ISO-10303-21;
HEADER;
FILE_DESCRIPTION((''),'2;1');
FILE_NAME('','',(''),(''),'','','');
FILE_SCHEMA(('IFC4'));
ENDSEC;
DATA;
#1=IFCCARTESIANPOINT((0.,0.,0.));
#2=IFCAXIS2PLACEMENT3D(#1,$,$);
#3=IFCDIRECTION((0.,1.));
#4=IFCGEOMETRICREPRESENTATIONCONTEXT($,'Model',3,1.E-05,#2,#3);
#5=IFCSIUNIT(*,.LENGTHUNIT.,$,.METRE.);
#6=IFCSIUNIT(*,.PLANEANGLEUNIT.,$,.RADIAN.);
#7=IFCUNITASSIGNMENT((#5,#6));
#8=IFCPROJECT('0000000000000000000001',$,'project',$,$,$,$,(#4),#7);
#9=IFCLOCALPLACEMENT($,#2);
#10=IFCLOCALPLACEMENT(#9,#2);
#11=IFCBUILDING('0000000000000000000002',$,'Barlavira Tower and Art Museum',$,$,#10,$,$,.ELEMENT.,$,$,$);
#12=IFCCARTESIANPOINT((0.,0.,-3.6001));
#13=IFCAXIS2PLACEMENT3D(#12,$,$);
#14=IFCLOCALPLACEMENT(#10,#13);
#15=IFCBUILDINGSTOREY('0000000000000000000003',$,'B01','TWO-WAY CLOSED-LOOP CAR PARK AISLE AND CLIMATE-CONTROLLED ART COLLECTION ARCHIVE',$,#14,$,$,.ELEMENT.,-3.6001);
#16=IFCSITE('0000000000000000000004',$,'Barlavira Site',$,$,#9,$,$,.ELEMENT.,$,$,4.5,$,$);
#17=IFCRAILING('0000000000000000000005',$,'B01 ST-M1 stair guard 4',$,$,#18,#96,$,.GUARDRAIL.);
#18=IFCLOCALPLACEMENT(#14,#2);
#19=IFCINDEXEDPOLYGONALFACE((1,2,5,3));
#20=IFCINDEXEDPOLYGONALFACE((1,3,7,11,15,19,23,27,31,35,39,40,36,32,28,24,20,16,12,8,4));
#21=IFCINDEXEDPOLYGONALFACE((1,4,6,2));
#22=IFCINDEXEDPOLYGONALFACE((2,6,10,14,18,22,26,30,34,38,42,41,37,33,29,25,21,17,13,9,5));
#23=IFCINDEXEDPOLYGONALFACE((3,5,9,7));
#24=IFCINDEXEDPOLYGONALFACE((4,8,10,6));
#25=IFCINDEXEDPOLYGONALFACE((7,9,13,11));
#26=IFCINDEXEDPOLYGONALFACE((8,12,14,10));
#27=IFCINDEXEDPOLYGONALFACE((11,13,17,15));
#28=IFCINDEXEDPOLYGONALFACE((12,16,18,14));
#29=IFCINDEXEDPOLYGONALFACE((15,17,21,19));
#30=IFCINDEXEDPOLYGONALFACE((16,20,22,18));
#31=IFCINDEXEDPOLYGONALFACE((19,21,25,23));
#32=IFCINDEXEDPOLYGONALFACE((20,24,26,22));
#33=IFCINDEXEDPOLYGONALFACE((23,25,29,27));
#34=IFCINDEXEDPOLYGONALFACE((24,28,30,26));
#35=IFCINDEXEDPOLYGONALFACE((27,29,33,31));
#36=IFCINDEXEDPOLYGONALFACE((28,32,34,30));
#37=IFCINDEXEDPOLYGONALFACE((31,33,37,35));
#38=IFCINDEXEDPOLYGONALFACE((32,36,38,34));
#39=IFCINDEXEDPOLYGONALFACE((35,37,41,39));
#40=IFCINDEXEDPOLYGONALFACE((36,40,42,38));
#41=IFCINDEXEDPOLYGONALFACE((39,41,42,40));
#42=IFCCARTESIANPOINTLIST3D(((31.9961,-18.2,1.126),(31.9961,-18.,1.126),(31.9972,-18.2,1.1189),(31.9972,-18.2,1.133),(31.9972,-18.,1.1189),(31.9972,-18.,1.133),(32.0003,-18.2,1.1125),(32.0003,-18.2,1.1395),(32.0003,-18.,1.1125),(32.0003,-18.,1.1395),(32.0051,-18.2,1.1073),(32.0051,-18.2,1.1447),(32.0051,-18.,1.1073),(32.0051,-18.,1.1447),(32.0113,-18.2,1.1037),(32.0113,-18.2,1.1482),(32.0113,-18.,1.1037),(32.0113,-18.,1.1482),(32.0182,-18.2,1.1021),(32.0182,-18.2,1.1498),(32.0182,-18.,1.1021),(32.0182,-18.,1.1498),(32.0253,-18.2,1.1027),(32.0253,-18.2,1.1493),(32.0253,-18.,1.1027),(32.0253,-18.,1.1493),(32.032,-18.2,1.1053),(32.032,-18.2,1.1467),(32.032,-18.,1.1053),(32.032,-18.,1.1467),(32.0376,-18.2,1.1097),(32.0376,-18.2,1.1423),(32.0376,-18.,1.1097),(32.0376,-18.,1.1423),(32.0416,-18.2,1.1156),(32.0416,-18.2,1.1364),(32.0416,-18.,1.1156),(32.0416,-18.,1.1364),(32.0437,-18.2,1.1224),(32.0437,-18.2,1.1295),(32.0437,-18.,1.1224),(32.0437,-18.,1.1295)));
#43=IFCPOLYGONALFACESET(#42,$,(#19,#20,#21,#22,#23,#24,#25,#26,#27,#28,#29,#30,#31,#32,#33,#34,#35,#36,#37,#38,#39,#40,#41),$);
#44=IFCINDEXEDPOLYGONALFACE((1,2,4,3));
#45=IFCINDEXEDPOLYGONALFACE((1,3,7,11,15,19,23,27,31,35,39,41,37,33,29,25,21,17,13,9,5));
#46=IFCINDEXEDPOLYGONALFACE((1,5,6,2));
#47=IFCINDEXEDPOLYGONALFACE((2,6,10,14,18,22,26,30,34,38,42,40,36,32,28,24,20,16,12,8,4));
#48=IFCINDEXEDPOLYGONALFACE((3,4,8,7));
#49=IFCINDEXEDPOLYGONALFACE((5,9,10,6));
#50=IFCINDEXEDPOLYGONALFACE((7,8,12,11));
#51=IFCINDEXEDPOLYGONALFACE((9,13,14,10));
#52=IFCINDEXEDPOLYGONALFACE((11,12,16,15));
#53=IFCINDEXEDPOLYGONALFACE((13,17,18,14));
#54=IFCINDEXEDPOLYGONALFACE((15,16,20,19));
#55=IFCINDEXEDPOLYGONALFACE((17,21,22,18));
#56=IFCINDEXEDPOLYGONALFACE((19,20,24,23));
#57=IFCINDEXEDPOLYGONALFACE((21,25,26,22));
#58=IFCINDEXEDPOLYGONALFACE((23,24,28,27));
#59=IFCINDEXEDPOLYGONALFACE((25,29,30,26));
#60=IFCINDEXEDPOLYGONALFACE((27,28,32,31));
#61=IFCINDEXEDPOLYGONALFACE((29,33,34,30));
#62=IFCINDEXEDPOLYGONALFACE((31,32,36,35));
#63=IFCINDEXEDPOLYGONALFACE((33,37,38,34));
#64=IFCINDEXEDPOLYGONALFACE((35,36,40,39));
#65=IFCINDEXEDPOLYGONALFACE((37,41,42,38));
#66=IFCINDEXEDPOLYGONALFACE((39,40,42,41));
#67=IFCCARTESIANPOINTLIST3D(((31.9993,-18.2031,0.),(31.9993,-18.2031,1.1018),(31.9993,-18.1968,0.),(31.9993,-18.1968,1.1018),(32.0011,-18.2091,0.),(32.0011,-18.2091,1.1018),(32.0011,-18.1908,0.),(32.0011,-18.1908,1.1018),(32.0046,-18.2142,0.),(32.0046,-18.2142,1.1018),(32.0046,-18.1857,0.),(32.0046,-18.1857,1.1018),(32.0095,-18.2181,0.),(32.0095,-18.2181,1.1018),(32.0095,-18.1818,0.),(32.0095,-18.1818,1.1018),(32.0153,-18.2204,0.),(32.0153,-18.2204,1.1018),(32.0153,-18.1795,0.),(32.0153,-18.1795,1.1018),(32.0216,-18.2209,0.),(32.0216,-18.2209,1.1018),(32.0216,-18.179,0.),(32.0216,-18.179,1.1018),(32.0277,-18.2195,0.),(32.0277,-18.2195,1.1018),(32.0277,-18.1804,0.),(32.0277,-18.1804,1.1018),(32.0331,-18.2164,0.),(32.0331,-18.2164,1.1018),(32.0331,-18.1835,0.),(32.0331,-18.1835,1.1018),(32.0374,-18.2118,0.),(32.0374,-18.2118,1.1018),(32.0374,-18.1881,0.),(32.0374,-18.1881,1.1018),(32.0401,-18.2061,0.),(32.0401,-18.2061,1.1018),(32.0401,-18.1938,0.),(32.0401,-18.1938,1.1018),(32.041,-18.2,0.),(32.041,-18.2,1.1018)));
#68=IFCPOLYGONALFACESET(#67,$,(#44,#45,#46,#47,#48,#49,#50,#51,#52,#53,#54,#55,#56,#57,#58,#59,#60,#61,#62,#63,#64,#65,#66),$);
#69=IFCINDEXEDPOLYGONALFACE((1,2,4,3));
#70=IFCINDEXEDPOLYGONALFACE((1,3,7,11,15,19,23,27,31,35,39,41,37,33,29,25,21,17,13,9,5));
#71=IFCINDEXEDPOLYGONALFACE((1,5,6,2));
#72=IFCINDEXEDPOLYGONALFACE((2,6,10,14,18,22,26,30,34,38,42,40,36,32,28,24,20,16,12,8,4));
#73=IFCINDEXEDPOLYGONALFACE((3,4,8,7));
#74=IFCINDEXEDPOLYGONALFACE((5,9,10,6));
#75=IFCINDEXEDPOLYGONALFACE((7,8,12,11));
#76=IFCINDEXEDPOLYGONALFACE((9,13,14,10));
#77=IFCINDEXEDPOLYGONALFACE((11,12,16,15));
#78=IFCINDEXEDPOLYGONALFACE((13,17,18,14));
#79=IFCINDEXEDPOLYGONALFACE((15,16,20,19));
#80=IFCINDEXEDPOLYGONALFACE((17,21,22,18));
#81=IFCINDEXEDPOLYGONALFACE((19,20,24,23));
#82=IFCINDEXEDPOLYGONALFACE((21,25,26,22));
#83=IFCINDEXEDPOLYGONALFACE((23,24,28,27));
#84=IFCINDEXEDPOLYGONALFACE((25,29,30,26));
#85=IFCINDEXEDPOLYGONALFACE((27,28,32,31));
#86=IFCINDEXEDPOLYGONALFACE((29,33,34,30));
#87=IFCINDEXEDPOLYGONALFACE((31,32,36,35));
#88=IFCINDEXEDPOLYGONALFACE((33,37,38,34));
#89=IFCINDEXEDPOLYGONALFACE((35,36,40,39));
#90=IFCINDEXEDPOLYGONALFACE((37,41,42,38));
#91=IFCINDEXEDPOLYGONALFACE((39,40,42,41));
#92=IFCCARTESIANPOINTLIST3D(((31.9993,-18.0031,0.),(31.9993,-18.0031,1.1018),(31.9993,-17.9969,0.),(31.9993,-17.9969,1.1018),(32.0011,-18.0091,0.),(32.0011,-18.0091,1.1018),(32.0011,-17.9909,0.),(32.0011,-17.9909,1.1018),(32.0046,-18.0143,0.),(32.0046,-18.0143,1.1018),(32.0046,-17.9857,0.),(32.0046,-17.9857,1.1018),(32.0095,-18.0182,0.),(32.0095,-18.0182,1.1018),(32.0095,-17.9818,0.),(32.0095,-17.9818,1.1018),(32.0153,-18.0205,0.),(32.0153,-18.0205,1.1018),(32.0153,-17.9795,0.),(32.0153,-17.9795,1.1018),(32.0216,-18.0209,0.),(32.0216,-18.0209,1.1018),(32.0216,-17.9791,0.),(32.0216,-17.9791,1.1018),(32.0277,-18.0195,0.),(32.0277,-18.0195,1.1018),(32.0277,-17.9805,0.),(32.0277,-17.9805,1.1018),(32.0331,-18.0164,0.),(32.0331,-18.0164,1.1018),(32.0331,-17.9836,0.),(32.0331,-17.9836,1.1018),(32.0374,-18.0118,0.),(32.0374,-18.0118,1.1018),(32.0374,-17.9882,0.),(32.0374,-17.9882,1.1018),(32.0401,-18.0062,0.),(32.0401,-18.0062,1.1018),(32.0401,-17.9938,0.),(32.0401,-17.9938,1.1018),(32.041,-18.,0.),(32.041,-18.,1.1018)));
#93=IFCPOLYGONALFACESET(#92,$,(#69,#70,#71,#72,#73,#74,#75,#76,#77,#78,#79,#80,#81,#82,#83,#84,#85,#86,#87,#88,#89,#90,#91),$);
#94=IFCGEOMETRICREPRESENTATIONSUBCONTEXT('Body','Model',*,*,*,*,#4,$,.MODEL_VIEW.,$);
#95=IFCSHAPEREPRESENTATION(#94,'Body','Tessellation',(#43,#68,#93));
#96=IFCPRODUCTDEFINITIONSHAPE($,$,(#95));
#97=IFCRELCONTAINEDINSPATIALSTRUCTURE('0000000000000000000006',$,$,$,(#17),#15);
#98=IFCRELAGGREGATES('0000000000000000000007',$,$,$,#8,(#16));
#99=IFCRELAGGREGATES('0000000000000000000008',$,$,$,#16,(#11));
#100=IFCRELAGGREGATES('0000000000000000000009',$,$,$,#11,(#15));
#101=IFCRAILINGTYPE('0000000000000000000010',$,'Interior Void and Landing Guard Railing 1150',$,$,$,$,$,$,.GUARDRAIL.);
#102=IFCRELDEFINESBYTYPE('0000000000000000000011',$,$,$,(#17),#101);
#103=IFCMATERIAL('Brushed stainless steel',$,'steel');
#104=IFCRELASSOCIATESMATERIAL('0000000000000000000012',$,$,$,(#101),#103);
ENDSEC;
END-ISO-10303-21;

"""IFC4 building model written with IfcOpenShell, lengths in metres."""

from ifc_helpers import new_model, si_unit, direction, frame, origin, origin_2d, place, context, subcontext, project, spatial, circle, extrude, material, type_object, element, save


model = new_model("IFC4")

# Units and contexts
model_context = context("Model", 3, precision=1e-05, world=origin(), true_north=direction((0.0, 1.0)))
body_context = subcontext(model_context, "Body", "Model", "MODEL_VIEW")
ifc_project = project(units=[si_unit("LENGTHUNIT", "METRE"), si_unit("PLANEANGLEUNIT", "RADIAN")], contexts=[model_context])

# Site, building, storey
site_placement = place(None, origin())
site = spatial("IfcSite", under=ifc_project, at=site_placement, Name="Barlavira Site", CompositionType="ELEMENT", RefElevation=4.5)
building_placement = place(site_placement, origin())
building = spatial("IfcBuilding", under=site, at=building_placement, Name="Barlavira Tower and Art Museum", CompositionType="ELEMENT")
storey_placement = place(building_placement, frame((0.0, 0.0, -3.6001)))
storey = spatial("IfcBuildingStorey", under=building, at=storey_placement, Name="B01", Description="TWO-WAY CLOSED-LOOP CAR PARK AISLE AND CLIMATE-CONTROLLED ART COLLECTION ARCHIVE", CompositionType="ELEMENT", Elevation=-3.6001)

# Shared definitions
ifc_material_1 = material(Name="Brushed stainless steel", Category="steel")

# Railing
railing_type_1 = type_object("IfcRailingType", Name="Interior Void and Landing Guard Railing 1150", PredefinedType="GUARDRAIL", material=ifc_material_1)
railing_1_placement = place(storey_placement, frame((32.02, -18.2, 0.0)))
element("IfcRailing", 1, at=railing_1_placement, inside=storey, type_object=railing_type_1, Name="B01 ST-M1 stair guard 4", PredefinedType="GUARDRAIL", context=body_context, shape_type="SweptSolid", body=[
    extrude(circle(Radius=0.0239, at=origin_2d()), frame((0.0, 0.0, 1.126), z_axis=(0.0, 1.0, 0.0), x_axis=(-1.0, 0.0, 0.0)), (0.0, 0.0, 1.0), 0.2),
    extrude(circle(Radius=0.021, at=origin_2d()), origin(), (0.0, 0.0, 1.0), 1.1018),
    extrude(circle(Radius=0.021, at=origin_2d()), frame((0.0, 0.2, 0.0)), (0.0, 0.0, 1.0), 1.1018),
])

save(model, "model.ifc")
